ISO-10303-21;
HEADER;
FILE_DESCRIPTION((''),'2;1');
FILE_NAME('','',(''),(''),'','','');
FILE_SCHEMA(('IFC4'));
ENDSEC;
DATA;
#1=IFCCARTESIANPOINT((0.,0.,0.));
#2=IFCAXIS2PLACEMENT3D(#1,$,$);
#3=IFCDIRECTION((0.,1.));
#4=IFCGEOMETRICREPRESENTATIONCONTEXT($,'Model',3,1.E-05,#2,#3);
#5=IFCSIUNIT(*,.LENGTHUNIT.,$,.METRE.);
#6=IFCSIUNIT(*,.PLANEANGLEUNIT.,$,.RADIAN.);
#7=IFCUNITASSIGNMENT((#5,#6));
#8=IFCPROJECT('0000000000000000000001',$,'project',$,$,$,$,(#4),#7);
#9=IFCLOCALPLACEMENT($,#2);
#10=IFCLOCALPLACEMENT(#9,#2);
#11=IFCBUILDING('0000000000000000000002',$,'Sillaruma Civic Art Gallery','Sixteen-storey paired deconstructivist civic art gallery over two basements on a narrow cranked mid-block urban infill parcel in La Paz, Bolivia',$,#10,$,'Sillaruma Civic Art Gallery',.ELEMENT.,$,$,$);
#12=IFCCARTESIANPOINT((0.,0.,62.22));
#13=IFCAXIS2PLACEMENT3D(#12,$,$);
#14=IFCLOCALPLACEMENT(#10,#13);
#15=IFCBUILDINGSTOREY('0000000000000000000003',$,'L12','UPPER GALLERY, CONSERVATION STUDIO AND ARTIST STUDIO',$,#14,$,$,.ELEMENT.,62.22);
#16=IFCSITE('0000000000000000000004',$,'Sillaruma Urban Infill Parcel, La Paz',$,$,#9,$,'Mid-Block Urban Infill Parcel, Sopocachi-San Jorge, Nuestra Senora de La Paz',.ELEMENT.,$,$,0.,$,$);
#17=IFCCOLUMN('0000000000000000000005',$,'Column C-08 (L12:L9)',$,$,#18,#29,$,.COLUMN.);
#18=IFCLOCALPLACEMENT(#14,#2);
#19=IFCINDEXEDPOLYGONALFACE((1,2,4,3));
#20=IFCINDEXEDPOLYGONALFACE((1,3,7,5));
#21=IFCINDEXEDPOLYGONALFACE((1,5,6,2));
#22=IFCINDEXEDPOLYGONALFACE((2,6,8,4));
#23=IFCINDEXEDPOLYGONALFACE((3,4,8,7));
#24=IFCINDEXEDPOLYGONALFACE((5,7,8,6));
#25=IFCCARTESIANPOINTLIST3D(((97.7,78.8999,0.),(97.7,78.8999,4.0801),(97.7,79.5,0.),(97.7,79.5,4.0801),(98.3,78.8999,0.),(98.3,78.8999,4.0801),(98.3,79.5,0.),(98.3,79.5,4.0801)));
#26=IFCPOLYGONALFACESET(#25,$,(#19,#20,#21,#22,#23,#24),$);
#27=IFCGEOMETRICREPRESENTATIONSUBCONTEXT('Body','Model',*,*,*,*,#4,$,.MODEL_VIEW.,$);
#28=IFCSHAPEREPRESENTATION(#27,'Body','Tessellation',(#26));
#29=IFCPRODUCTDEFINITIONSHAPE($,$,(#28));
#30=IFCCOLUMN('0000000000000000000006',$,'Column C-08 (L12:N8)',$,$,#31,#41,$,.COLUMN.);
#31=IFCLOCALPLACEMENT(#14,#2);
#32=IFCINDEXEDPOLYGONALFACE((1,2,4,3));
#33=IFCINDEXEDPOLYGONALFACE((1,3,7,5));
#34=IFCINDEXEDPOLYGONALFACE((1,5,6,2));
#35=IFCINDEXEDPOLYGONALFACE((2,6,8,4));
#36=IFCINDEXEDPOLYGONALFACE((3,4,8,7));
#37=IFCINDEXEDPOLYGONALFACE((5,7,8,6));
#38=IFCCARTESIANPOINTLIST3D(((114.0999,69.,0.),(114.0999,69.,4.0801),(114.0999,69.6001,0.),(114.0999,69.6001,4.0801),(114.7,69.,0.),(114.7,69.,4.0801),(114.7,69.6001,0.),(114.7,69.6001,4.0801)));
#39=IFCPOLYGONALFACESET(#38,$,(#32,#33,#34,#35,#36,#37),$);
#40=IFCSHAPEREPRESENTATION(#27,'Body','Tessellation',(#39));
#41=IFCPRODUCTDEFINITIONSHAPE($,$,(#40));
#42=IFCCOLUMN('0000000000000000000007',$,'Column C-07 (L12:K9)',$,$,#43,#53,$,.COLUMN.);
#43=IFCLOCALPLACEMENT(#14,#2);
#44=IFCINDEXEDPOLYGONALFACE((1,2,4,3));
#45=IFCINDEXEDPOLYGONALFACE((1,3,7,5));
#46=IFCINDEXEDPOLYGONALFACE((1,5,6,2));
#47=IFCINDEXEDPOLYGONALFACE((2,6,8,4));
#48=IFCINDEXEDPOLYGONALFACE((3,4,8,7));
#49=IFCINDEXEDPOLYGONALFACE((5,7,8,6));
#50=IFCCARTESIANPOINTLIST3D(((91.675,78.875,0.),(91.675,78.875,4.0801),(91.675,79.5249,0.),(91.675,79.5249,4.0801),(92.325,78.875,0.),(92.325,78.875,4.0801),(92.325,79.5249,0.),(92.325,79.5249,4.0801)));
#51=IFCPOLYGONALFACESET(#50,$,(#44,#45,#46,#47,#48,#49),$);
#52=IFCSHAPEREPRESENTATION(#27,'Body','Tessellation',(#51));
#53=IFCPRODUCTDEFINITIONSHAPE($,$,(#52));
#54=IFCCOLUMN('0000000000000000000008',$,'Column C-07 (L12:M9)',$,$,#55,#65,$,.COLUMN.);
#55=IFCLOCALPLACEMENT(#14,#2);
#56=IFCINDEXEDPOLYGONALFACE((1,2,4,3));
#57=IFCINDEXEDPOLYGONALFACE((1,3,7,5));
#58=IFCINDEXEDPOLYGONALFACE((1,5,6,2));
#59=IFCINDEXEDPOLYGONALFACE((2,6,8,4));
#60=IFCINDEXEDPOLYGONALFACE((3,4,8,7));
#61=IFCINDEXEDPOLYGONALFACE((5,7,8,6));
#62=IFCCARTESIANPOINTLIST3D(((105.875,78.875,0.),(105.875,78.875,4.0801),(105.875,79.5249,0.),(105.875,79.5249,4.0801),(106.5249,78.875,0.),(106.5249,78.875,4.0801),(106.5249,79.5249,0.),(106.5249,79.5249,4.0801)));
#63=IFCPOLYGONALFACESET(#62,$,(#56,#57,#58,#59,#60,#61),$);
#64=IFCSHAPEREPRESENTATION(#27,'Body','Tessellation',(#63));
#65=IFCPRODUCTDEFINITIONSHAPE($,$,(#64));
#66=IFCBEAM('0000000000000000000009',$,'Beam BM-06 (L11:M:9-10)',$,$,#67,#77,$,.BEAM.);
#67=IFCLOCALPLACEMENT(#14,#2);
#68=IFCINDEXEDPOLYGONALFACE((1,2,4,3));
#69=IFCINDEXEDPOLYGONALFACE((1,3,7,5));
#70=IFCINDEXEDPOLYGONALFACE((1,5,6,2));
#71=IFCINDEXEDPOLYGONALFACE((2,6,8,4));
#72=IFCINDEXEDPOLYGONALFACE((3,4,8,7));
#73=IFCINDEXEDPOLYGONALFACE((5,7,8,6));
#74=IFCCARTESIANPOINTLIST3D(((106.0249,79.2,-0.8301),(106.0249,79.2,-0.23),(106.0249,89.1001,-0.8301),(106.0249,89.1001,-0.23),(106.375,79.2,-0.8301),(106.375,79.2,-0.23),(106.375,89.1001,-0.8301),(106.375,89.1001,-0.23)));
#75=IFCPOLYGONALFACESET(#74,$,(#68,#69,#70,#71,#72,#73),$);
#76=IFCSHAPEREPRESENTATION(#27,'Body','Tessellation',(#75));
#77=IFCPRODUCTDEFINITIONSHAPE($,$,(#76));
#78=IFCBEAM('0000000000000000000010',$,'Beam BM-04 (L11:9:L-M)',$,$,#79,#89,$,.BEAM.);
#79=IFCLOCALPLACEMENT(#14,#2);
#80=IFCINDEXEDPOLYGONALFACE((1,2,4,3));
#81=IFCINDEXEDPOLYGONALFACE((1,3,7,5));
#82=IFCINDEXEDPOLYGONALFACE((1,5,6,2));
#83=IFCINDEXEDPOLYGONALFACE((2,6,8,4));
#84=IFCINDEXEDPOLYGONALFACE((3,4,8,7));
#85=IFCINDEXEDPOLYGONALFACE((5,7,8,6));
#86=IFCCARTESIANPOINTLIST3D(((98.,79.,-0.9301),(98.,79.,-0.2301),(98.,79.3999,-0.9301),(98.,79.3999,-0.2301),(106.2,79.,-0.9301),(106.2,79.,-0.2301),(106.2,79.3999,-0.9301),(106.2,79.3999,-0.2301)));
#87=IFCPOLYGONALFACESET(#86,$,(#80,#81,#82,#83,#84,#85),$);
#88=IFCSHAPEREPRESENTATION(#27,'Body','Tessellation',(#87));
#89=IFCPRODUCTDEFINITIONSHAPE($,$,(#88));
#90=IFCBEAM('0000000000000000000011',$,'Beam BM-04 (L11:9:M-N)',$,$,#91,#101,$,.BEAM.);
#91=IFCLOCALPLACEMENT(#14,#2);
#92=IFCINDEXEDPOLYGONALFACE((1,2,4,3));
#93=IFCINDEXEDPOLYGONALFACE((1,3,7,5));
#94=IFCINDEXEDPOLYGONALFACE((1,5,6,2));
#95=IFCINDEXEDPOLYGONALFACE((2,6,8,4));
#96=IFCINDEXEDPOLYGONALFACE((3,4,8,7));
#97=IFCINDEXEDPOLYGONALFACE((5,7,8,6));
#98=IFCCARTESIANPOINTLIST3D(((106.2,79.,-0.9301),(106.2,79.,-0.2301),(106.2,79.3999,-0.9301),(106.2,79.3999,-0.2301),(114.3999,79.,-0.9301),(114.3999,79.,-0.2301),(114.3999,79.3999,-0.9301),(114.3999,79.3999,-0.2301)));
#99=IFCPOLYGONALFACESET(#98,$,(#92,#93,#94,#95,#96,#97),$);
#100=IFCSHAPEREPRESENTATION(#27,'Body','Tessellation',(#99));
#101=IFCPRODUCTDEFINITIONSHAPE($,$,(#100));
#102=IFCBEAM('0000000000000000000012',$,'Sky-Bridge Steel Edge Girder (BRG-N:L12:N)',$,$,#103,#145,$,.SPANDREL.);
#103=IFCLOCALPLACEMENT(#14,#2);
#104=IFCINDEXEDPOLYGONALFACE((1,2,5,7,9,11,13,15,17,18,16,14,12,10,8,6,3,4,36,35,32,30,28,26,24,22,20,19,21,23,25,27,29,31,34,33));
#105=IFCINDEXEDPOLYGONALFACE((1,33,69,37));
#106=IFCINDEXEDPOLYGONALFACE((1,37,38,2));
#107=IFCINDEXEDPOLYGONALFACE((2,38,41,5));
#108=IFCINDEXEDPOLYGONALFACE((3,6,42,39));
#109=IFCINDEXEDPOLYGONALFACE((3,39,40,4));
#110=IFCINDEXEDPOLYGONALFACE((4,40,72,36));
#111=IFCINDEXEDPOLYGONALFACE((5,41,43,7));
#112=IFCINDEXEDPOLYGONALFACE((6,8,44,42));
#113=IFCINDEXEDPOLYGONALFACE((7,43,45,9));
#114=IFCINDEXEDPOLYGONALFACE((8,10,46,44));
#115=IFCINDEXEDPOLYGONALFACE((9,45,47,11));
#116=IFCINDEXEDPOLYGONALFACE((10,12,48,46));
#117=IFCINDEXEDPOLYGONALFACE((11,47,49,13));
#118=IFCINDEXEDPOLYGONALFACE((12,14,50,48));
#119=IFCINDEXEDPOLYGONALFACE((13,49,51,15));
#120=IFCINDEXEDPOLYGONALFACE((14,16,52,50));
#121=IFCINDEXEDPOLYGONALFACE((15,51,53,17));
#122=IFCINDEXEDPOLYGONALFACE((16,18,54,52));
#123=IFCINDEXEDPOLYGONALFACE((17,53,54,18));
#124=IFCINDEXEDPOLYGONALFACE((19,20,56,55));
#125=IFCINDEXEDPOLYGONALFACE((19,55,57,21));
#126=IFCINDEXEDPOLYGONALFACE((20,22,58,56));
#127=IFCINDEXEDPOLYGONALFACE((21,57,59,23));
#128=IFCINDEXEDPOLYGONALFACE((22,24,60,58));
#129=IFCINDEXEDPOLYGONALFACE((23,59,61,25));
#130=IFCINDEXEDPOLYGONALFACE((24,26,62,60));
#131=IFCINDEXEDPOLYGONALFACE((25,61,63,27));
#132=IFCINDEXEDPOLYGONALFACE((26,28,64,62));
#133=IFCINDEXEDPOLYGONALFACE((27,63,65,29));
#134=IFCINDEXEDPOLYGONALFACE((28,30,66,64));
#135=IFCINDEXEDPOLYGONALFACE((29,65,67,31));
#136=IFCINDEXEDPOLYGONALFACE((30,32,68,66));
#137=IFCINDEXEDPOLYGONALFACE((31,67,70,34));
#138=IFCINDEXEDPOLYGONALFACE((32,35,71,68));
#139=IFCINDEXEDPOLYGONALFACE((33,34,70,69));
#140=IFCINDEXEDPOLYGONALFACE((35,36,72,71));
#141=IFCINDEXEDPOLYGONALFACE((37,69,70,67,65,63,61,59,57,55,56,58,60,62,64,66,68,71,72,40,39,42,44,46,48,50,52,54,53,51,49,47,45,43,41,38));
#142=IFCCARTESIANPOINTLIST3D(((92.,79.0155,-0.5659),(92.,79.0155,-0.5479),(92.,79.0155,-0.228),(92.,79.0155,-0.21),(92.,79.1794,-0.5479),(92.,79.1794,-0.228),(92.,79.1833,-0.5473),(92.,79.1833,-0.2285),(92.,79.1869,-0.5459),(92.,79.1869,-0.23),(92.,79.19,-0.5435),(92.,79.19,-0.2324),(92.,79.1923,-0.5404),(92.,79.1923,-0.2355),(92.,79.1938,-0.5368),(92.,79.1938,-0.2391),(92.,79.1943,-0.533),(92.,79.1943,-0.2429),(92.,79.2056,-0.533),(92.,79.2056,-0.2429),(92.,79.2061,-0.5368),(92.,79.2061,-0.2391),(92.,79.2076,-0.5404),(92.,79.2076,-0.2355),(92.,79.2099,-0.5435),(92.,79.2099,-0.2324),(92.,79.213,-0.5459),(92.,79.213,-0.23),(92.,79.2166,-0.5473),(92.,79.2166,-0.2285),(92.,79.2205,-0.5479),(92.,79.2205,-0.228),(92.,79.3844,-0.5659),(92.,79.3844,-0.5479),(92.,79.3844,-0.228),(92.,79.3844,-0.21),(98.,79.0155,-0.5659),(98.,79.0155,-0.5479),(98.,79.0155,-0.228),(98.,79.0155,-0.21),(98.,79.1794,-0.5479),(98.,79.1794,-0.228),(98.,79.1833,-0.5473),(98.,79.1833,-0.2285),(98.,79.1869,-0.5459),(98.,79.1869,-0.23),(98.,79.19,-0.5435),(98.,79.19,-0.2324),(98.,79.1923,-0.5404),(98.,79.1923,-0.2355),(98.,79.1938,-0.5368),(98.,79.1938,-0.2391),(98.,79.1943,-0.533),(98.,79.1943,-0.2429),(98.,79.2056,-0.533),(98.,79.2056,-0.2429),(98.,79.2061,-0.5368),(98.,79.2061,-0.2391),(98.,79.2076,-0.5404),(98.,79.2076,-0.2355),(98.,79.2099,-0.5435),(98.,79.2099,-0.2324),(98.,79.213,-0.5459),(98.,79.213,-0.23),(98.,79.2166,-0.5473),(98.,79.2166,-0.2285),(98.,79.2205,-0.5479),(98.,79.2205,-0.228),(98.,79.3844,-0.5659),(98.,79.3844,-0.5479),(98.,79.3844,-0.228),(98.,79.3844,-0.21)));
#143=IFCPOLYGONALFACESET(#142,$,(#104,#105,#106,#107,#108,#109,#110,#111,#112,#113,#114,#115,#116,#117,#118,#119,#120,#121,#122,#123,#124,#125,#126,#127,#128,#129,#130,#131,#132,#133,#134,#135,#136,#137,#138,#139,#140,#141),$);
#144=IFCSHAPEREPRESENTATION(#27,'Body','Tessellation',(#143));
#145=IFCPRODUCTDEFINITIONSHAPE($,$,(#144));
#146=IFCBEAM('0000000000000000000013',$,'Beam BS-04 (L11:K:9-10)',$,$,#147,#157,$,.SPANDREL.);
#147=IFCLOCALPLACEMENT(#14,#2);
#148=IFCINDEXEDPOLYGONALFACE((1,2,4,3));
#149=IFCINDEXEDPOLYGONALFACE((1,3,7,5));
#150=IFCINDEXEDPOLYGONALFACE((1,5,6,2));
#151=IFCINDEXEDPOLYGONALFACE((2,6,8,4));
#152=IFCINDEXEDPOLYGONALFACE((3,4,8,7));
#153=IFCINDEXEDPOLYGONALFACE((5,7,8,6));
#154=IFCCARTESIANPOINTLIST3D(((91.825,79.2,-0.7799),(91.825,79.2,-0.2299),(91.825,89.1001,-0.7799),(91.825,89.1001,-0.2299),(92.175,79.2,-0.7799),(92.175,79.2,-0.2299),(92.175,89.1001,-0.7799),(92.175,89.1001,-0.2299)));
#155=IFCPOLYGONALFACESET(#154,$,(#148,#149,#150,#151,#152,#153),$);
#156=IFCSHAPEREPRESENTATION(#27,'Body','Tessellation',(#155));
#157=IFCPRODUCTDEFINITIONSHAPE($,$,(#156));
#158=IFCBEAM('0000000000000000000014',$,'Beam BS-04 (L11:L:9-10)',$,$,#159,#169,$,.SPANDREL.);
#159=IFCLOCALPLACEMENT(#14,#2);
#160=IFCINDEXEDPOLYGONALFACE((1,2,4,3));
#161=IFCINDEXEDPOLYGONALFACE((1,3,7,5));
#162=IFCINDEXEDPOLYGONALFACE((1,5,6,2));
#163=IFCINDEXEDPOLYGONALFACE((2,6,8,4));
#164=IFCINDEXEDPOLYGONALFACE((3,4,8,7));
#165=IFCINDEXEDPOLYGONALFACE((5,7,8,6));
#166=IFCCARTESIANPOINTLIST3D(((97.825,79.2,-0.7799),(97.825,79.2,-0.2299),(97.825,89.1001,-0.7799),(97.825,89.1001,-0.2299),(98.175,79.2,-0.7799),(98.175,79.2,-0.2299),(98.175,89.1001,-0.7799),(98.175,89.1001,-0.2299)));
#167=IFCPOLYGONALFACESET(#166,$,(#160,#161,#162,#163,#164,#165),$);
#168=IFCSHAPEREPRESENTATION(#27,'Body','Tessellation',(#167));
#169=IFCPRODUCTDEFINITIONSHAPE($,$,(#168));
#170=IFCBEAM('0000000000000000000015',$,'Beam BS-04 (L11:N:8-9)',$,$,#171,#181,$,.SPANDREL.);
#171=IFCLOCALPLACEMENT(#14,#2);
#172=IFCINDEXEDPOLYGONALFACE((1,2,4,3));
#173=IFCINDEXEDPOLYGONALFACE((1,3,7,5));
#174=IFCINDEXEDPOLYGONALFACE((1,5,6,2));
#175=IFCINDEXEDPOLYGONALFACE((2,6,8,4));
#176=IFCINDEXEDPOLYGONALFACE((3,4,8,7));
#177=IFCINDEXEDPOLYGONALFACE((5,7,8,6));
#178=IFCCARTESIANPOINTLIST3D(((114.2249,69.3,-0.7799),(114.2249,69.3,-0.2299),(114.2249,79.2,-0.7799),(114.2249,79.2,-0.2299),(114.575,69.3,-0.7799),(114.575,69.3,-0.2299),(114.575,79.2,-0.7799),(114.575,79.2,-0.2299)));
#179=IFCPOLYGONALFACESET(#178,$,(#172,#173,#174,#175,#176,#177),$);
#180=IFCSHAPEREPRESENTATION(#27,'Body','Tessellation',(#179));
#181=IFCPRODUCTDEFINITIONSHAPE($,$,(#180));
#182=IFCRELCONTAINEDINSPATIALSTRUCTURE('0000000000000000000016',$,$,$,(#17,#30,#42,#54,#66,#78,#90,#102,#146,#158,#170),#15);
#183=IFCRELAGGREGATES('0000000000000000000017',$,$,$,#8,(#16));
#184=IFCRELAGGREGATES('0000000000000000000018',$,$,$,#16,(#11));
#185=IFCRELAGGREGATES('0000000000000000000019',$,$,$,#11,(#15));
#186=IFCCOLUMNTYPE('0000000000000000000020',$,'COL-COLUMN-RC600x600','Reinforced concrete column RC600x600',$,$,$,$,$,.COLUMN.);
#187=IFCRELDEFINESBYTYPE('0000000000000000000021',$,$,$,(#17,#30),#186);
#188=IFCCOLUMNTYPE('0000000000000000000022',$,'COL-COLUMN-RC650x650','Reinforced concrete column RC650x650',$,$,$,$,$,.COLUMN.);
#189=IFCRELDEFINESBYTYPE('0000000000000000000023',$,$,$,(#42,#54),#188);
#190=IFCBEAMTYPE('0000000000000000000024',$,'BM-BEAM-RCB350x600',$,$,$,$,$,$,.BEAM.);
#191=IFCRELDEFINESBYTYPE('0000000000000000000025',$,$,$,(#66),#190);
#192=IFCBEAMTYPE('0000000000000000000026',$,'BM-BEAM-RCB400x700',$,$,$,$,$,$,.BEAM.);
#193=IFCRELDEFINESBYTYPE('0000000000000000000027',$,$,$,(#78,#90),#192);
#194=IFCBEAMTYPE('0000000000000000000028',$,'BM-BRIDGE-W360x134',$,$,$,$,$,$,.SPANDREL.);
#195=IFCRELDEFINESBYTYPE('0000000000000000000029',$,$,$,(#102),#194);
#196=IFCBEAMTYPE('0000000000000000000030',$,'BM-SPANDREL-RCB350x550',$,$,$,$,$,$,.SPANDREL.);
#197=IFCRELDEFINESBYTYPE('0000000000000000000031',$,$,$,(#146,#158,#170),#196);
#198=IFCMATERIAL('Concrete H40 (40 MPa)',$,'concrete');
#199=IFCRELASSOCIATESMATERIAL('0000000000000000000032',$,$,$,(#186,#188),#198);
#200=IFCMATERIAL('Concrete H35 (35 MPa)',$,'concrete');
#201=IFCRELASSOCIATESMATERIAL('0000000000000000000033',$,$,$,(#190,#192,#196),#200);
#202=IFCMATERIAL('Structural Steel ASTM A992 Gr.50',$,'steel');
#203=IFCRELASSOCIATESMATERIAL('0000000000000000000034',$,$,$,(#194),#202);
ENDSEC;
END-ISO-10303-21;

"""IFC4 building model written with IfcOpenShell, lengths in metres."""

from ifc_helpers import new_model, si_unit, direction, frame, origin, origin_2d, place, context, subcontext, project, spatial, rectangle, i_section, extrude, material, material_profile, profile_set, type_object, element, save


model = new_model("IFC4")

# Units and contexts
model_context = context("Model", 3, precision=1e-05, world=origin(), true_north=direction((0.0, 1.0)))
body_context = subcontext(model_context, "Body", "Model", "MODEL_VIEW")
ifc_project = project(units=[si_unit("LENGTHUNIT", "METRE"), si_unit("PLANEANGLEUNIT", "RADIAN")], contexts=[model_context])

# Site, building, storey
site_placement = place(None, origin())
site = spatial("IfcSite", under=ifc_project, at=site_placement, Name="Sillaruma Urban Infill Parcel, La Paz", LongName="Mid-Block Urban Infill Parcel, Sopocachi-San Jorge, Nuestra Senora de La Paz", CompositionType="ELEMENT", RefElevation=0.0)
building_placement = place(site_placement, origin())
building = spatial("IfcBuilding", under=site, at=building_placement, Name="Sillaruma Civic Art Gallery", Description="Sixteen-storey paired deconstructivist civic art gallery over two basements on a narrow cranked mid-block urban infill parcel in La Paz, Bolivia", LongName="Sillaruma Civic Art Gallery", CompositionType="ELEMENT")
storey_placement = place(building_placement, frame((0.0, 0.0, 62.22)))
storey = spatial("IfcBuildingStorey", under=building, at=storey_placement, Name="L12", Description="UPPER GALLERY, CONSERVATION STUDIO AND ARTIST STUDIO", CompositionType="ELEMENT", Elevation=62.22)

# Columns
ifc_material_1 = material(Name="Concrete H40 (40 MPa)", Category="concrete")
ifc_material_profile_1 = material_profile(ifc_material_1, rectangle(XDim=0.6001, YDim=0.6001, at=origin_2d()), Name="RC600x600")
ifc_profile_set_1 = profile_set([ifc_material_profile_1], Name="Concrete H40 (40 MPa)")
column_type_1 = type_object("IfcColumnType", Name="COL-COLUMN-RC600x600", Description="Reinforced concrete column RC600x600", PredefinedType="COLUMN", material=ifc_profile_set_1)
for number, where, z_axis, x_axis, name in (
    (1, (98.0, 79.2, 0.0), (0.0, 0.0, 1.0), (1.0, 0.0, 0.0), "Column C-08 (L12:L9)"),
    (2, (114.3999, 69.3, 0.0), (0.0, 0.0, 1.0), (1.0, 0.0, 0.0), "Column C-08 (L12:N8)"),
):
    element("IfcColumn", number, at=place(storey_placement, frame(where, z_axis=z_axis, x_axis=x_axis)), inside=storey, type_object=column_type_1, Name=name, PredefinedType="COLUMN", context=body_context, shape_type="SweptSolid", body=[
        extrude(rectangle(XDim=0.6001, YDim=0.6001, at=origin_2d()), origin(), (0.0, 0.0, 1.0), 4.0801),
    ])
ifc_material_profile_2 = material_profile(ifc_material_1, rectangle(XDim=0.6499, YDim=0.6499, at=origin_2d()), Name="RC650x650")
ifc_profile_set_2 = profile_set([ifc_material_profile_2], Name="Concrete H40 (40 MPa)")
column_type_2 = type_object("IfcColumnType", Name="COL-COLUMN-RC650x650", Description="Reinforced concrete column RC650x650", PredefinedType="COLUMN", material=ifc_profile_set_2)
for number, where, z_axis, x_axis, name in (
    (3, (92.0, 79.2, 0.0), (0.0, 0.0, 1.0), (1.0, 0.0, 0.0), "Column C-07 (L12:K9)"),
    (4, (106.2, 79.2, 0.0), (0.0, 0.0, 1.0), (1.0, 0.0, 0.0), "Column C-07 (L12:M9)"),
):
    element("IfcColumn", number, at=place(storey_placement, frame(where, z_axis=z_axis, x_axis=x_axis)), inside=storey, type_object=column_type_2, Name=name, PredefinedType="COLUMN", context=body_context, shape_type="SweptSolid", body=[
        extrude(rectangle(XDim=0.6499, YDim=0.6499, at=origin_2d()), origin(), (0.0, 0.0, 1.0), 4.0801),
    ])

# Beams
ifc_material_2 = material(Name="Concrete H35 (35 MPa)", Category="concrete")
ifc_material_profile_3 = material_profile(ifc_material_2, rectangle(XDim=0.3501, YDim=0.6001, at=origin_2d()), Name="RCB350x600")
ifc_profile_set_3 = profile_set([ifc_material_profile_3], Name="Concrete H35 (35 MPa)")
beam_type_1 = type_object("IfcBeamType", Name="BM-BEAM-RCB350x600", PredefinedType="BEAM", material=ifc_profile_set_3)
beam_1_placement = place(storey_placement, frame((106.2, 79.2, -0.53), z_axis=(0.0, 1.0, 0.0), x_axis=(-1.0, 0.0, 0.0)))
element("IfcBeam", 5, at=beam_1_placement, inside=storey, type_object=beam_type_1, Name="Beam BM-06 (L11:M:9-10)", PredefinedType="BEAM", context=body_context, shape_type="SweptSolid", body=[
    extrude(rectangle(XDim=0.3501, YDim=0.6001, at=origin_2d()), origin(), (0.0, 0.0, 1.0), 9.9001),
])
ifc_material_profile_4 = material_profile(ifc_material_2, rectangle(XDim=0.3999, YDim=0.7, at=origin_2d()), Name="RCB400x700")
ifc_profile_set_4 = profile_set([ifc_material_profile_4], Name="Concrete H35 (35 MPa)")
beam_type_2 = type_object("IfcBeamType", Name="BM-BEAM-RCB400x700", PredefinedType="BEAM", material=ifc_profile_set_4)
for number, where, z_axis, x_axis, name in (
    (6, (98.0, 79.2, -0.5801), (1.0, 0.0, 0.0), (0.0, 1.0, 0.0), "Beam BM-04 (L11:9:L-M)"),
    (7, (106.2, 79.2, -0.5801), (1.0, 0.0, 0.0), (0.0, 1.0, 0.0), "Beam BM-04 (L11:9:M-N)"),
):
    element("IfcBeam", number, at=place(storey_placement, frame(where, z_axis=z_axis, x_axis=x_axis)), inside=storey, type_object=beam_type_2, Name=name, PredefinedType="BEAM", context=body_context, shape_type="SweptSolid", body=[
        extrude(rectangle(XDim=0.3999, YDim=0.7, at=origin_2d()), origin(), (0.0, 0.0, 1.0), 8.2),
    ])
ifc_material_3 = material(Name="Structural Steel ASTM A992 Gr.50", Category="steel")
ifc_material_profile_5 = material_profile(ifc_material_3, i_section(OverallWidth=0.3689, OverallDepth=0.356, WebThickness=0.0112, FlangeThickness=0.0181, FilletRadius=0.0149, at=origin_2d()), Name="W360x134")
ifc_profile_set_5 = profile_set([ifc_material_profile_5], Name="Structural Steel ASTM A992 Gr.50")
beam_type_3 = type_object("IfcBeamType", Name="BM-BRIDGE-W360x134", PredefinedType="SPANDREL", material=ifc_profile_set_5)
beam_2_placement = place(storey_placement, frame((92.0, 79.2, -0.3879), z_axis=(1.0, 0.0, 0.0), x_axis=(0.0, 1.0, 0.0)))
element("IfcBeam", 8, at=beam_2_placement, inside=storey, type_object=beam_type_3, Name="Sky-Bridge Steel Edge Girder (BRG-N:L12:N)", PredefinedType="SPANDREL", context=body_context, shape_type="SweptSolid", body=[
    extrude(i_section(OverallWidth=0.3689, OverallDepth=0.356, WebThickness=0.0112, FlangeThickness=0.0181, FilletRadius=0.0149, at=origin_2d()), origin(), (0.0, 0.0, 1.0), 6.0),
])
ifc_material_profile_6 = material_profile(ifc_material_2, rectangle(XDim=0.3501, YDim=0.55, at=origin_2d()), Name="RCB350x550")
ifc_profile_set_6 = profile_set([ifc_material_profile_6], Name="Concrete H35 (35 MPa)")
beam_type_4 = type_object("IfcBeamType", Name="BM-SPANDREL-RCB350x550", PredefinedType="SPANDREL", material=ifc_profile_set_6)
for number, where, z_axis, x_axis, name in (
    (9, (92.0, 79.2, -0.5049), (0.0, 1.0, 0.0), (-1.0, 0.0, 0.0), "Beam BS-04 (L11:K:9-10)"),
    (10, (98.0, 79.2, -0.5049), (0.0, 1.0, 0.0), (-1.0, 0.0, 0.0), "Beam BS-04 (L11:L:9-10)"),
):
    element("IfcBeam", number, at=place(storey_placement, frame(where, z_axis=z_axis, x_axis=x_axis)), inside=storey, type_object=beam_type_4, Name=name, PredefinedType="SPANDREL", context=body_context, shape_type="SweptSolid", body=[
        extrude(rectangle(XDim=0.3501, YDim=0.55, at=origin_2d()), origin(), (0.0, 0.0, 1.0), 9.9001),
    ])
beam_3_placement = place(storey_placement, frame((114.3999, 69.3, -0.5049), z_axis=(0.0, 1.0, 0.0), x_axis=(-1.0, 0.0, 0.0)))
element("IfcBeam", 11, at=beam_3_placement, inside=storey, type_object=beam_type_4, Name="Beam BS-04 (L11:N:8-9)", PredefinedType="SPANDREL", context=body_context, shape_type="SweptSolid", body=[
    extrude(rectangle(XDim=0.3501, YDim=0.55, at=origin_2d()), origin(), (0.0, 0.0, 1.0), 9.8999),
])

save(model, "model.ifc")
